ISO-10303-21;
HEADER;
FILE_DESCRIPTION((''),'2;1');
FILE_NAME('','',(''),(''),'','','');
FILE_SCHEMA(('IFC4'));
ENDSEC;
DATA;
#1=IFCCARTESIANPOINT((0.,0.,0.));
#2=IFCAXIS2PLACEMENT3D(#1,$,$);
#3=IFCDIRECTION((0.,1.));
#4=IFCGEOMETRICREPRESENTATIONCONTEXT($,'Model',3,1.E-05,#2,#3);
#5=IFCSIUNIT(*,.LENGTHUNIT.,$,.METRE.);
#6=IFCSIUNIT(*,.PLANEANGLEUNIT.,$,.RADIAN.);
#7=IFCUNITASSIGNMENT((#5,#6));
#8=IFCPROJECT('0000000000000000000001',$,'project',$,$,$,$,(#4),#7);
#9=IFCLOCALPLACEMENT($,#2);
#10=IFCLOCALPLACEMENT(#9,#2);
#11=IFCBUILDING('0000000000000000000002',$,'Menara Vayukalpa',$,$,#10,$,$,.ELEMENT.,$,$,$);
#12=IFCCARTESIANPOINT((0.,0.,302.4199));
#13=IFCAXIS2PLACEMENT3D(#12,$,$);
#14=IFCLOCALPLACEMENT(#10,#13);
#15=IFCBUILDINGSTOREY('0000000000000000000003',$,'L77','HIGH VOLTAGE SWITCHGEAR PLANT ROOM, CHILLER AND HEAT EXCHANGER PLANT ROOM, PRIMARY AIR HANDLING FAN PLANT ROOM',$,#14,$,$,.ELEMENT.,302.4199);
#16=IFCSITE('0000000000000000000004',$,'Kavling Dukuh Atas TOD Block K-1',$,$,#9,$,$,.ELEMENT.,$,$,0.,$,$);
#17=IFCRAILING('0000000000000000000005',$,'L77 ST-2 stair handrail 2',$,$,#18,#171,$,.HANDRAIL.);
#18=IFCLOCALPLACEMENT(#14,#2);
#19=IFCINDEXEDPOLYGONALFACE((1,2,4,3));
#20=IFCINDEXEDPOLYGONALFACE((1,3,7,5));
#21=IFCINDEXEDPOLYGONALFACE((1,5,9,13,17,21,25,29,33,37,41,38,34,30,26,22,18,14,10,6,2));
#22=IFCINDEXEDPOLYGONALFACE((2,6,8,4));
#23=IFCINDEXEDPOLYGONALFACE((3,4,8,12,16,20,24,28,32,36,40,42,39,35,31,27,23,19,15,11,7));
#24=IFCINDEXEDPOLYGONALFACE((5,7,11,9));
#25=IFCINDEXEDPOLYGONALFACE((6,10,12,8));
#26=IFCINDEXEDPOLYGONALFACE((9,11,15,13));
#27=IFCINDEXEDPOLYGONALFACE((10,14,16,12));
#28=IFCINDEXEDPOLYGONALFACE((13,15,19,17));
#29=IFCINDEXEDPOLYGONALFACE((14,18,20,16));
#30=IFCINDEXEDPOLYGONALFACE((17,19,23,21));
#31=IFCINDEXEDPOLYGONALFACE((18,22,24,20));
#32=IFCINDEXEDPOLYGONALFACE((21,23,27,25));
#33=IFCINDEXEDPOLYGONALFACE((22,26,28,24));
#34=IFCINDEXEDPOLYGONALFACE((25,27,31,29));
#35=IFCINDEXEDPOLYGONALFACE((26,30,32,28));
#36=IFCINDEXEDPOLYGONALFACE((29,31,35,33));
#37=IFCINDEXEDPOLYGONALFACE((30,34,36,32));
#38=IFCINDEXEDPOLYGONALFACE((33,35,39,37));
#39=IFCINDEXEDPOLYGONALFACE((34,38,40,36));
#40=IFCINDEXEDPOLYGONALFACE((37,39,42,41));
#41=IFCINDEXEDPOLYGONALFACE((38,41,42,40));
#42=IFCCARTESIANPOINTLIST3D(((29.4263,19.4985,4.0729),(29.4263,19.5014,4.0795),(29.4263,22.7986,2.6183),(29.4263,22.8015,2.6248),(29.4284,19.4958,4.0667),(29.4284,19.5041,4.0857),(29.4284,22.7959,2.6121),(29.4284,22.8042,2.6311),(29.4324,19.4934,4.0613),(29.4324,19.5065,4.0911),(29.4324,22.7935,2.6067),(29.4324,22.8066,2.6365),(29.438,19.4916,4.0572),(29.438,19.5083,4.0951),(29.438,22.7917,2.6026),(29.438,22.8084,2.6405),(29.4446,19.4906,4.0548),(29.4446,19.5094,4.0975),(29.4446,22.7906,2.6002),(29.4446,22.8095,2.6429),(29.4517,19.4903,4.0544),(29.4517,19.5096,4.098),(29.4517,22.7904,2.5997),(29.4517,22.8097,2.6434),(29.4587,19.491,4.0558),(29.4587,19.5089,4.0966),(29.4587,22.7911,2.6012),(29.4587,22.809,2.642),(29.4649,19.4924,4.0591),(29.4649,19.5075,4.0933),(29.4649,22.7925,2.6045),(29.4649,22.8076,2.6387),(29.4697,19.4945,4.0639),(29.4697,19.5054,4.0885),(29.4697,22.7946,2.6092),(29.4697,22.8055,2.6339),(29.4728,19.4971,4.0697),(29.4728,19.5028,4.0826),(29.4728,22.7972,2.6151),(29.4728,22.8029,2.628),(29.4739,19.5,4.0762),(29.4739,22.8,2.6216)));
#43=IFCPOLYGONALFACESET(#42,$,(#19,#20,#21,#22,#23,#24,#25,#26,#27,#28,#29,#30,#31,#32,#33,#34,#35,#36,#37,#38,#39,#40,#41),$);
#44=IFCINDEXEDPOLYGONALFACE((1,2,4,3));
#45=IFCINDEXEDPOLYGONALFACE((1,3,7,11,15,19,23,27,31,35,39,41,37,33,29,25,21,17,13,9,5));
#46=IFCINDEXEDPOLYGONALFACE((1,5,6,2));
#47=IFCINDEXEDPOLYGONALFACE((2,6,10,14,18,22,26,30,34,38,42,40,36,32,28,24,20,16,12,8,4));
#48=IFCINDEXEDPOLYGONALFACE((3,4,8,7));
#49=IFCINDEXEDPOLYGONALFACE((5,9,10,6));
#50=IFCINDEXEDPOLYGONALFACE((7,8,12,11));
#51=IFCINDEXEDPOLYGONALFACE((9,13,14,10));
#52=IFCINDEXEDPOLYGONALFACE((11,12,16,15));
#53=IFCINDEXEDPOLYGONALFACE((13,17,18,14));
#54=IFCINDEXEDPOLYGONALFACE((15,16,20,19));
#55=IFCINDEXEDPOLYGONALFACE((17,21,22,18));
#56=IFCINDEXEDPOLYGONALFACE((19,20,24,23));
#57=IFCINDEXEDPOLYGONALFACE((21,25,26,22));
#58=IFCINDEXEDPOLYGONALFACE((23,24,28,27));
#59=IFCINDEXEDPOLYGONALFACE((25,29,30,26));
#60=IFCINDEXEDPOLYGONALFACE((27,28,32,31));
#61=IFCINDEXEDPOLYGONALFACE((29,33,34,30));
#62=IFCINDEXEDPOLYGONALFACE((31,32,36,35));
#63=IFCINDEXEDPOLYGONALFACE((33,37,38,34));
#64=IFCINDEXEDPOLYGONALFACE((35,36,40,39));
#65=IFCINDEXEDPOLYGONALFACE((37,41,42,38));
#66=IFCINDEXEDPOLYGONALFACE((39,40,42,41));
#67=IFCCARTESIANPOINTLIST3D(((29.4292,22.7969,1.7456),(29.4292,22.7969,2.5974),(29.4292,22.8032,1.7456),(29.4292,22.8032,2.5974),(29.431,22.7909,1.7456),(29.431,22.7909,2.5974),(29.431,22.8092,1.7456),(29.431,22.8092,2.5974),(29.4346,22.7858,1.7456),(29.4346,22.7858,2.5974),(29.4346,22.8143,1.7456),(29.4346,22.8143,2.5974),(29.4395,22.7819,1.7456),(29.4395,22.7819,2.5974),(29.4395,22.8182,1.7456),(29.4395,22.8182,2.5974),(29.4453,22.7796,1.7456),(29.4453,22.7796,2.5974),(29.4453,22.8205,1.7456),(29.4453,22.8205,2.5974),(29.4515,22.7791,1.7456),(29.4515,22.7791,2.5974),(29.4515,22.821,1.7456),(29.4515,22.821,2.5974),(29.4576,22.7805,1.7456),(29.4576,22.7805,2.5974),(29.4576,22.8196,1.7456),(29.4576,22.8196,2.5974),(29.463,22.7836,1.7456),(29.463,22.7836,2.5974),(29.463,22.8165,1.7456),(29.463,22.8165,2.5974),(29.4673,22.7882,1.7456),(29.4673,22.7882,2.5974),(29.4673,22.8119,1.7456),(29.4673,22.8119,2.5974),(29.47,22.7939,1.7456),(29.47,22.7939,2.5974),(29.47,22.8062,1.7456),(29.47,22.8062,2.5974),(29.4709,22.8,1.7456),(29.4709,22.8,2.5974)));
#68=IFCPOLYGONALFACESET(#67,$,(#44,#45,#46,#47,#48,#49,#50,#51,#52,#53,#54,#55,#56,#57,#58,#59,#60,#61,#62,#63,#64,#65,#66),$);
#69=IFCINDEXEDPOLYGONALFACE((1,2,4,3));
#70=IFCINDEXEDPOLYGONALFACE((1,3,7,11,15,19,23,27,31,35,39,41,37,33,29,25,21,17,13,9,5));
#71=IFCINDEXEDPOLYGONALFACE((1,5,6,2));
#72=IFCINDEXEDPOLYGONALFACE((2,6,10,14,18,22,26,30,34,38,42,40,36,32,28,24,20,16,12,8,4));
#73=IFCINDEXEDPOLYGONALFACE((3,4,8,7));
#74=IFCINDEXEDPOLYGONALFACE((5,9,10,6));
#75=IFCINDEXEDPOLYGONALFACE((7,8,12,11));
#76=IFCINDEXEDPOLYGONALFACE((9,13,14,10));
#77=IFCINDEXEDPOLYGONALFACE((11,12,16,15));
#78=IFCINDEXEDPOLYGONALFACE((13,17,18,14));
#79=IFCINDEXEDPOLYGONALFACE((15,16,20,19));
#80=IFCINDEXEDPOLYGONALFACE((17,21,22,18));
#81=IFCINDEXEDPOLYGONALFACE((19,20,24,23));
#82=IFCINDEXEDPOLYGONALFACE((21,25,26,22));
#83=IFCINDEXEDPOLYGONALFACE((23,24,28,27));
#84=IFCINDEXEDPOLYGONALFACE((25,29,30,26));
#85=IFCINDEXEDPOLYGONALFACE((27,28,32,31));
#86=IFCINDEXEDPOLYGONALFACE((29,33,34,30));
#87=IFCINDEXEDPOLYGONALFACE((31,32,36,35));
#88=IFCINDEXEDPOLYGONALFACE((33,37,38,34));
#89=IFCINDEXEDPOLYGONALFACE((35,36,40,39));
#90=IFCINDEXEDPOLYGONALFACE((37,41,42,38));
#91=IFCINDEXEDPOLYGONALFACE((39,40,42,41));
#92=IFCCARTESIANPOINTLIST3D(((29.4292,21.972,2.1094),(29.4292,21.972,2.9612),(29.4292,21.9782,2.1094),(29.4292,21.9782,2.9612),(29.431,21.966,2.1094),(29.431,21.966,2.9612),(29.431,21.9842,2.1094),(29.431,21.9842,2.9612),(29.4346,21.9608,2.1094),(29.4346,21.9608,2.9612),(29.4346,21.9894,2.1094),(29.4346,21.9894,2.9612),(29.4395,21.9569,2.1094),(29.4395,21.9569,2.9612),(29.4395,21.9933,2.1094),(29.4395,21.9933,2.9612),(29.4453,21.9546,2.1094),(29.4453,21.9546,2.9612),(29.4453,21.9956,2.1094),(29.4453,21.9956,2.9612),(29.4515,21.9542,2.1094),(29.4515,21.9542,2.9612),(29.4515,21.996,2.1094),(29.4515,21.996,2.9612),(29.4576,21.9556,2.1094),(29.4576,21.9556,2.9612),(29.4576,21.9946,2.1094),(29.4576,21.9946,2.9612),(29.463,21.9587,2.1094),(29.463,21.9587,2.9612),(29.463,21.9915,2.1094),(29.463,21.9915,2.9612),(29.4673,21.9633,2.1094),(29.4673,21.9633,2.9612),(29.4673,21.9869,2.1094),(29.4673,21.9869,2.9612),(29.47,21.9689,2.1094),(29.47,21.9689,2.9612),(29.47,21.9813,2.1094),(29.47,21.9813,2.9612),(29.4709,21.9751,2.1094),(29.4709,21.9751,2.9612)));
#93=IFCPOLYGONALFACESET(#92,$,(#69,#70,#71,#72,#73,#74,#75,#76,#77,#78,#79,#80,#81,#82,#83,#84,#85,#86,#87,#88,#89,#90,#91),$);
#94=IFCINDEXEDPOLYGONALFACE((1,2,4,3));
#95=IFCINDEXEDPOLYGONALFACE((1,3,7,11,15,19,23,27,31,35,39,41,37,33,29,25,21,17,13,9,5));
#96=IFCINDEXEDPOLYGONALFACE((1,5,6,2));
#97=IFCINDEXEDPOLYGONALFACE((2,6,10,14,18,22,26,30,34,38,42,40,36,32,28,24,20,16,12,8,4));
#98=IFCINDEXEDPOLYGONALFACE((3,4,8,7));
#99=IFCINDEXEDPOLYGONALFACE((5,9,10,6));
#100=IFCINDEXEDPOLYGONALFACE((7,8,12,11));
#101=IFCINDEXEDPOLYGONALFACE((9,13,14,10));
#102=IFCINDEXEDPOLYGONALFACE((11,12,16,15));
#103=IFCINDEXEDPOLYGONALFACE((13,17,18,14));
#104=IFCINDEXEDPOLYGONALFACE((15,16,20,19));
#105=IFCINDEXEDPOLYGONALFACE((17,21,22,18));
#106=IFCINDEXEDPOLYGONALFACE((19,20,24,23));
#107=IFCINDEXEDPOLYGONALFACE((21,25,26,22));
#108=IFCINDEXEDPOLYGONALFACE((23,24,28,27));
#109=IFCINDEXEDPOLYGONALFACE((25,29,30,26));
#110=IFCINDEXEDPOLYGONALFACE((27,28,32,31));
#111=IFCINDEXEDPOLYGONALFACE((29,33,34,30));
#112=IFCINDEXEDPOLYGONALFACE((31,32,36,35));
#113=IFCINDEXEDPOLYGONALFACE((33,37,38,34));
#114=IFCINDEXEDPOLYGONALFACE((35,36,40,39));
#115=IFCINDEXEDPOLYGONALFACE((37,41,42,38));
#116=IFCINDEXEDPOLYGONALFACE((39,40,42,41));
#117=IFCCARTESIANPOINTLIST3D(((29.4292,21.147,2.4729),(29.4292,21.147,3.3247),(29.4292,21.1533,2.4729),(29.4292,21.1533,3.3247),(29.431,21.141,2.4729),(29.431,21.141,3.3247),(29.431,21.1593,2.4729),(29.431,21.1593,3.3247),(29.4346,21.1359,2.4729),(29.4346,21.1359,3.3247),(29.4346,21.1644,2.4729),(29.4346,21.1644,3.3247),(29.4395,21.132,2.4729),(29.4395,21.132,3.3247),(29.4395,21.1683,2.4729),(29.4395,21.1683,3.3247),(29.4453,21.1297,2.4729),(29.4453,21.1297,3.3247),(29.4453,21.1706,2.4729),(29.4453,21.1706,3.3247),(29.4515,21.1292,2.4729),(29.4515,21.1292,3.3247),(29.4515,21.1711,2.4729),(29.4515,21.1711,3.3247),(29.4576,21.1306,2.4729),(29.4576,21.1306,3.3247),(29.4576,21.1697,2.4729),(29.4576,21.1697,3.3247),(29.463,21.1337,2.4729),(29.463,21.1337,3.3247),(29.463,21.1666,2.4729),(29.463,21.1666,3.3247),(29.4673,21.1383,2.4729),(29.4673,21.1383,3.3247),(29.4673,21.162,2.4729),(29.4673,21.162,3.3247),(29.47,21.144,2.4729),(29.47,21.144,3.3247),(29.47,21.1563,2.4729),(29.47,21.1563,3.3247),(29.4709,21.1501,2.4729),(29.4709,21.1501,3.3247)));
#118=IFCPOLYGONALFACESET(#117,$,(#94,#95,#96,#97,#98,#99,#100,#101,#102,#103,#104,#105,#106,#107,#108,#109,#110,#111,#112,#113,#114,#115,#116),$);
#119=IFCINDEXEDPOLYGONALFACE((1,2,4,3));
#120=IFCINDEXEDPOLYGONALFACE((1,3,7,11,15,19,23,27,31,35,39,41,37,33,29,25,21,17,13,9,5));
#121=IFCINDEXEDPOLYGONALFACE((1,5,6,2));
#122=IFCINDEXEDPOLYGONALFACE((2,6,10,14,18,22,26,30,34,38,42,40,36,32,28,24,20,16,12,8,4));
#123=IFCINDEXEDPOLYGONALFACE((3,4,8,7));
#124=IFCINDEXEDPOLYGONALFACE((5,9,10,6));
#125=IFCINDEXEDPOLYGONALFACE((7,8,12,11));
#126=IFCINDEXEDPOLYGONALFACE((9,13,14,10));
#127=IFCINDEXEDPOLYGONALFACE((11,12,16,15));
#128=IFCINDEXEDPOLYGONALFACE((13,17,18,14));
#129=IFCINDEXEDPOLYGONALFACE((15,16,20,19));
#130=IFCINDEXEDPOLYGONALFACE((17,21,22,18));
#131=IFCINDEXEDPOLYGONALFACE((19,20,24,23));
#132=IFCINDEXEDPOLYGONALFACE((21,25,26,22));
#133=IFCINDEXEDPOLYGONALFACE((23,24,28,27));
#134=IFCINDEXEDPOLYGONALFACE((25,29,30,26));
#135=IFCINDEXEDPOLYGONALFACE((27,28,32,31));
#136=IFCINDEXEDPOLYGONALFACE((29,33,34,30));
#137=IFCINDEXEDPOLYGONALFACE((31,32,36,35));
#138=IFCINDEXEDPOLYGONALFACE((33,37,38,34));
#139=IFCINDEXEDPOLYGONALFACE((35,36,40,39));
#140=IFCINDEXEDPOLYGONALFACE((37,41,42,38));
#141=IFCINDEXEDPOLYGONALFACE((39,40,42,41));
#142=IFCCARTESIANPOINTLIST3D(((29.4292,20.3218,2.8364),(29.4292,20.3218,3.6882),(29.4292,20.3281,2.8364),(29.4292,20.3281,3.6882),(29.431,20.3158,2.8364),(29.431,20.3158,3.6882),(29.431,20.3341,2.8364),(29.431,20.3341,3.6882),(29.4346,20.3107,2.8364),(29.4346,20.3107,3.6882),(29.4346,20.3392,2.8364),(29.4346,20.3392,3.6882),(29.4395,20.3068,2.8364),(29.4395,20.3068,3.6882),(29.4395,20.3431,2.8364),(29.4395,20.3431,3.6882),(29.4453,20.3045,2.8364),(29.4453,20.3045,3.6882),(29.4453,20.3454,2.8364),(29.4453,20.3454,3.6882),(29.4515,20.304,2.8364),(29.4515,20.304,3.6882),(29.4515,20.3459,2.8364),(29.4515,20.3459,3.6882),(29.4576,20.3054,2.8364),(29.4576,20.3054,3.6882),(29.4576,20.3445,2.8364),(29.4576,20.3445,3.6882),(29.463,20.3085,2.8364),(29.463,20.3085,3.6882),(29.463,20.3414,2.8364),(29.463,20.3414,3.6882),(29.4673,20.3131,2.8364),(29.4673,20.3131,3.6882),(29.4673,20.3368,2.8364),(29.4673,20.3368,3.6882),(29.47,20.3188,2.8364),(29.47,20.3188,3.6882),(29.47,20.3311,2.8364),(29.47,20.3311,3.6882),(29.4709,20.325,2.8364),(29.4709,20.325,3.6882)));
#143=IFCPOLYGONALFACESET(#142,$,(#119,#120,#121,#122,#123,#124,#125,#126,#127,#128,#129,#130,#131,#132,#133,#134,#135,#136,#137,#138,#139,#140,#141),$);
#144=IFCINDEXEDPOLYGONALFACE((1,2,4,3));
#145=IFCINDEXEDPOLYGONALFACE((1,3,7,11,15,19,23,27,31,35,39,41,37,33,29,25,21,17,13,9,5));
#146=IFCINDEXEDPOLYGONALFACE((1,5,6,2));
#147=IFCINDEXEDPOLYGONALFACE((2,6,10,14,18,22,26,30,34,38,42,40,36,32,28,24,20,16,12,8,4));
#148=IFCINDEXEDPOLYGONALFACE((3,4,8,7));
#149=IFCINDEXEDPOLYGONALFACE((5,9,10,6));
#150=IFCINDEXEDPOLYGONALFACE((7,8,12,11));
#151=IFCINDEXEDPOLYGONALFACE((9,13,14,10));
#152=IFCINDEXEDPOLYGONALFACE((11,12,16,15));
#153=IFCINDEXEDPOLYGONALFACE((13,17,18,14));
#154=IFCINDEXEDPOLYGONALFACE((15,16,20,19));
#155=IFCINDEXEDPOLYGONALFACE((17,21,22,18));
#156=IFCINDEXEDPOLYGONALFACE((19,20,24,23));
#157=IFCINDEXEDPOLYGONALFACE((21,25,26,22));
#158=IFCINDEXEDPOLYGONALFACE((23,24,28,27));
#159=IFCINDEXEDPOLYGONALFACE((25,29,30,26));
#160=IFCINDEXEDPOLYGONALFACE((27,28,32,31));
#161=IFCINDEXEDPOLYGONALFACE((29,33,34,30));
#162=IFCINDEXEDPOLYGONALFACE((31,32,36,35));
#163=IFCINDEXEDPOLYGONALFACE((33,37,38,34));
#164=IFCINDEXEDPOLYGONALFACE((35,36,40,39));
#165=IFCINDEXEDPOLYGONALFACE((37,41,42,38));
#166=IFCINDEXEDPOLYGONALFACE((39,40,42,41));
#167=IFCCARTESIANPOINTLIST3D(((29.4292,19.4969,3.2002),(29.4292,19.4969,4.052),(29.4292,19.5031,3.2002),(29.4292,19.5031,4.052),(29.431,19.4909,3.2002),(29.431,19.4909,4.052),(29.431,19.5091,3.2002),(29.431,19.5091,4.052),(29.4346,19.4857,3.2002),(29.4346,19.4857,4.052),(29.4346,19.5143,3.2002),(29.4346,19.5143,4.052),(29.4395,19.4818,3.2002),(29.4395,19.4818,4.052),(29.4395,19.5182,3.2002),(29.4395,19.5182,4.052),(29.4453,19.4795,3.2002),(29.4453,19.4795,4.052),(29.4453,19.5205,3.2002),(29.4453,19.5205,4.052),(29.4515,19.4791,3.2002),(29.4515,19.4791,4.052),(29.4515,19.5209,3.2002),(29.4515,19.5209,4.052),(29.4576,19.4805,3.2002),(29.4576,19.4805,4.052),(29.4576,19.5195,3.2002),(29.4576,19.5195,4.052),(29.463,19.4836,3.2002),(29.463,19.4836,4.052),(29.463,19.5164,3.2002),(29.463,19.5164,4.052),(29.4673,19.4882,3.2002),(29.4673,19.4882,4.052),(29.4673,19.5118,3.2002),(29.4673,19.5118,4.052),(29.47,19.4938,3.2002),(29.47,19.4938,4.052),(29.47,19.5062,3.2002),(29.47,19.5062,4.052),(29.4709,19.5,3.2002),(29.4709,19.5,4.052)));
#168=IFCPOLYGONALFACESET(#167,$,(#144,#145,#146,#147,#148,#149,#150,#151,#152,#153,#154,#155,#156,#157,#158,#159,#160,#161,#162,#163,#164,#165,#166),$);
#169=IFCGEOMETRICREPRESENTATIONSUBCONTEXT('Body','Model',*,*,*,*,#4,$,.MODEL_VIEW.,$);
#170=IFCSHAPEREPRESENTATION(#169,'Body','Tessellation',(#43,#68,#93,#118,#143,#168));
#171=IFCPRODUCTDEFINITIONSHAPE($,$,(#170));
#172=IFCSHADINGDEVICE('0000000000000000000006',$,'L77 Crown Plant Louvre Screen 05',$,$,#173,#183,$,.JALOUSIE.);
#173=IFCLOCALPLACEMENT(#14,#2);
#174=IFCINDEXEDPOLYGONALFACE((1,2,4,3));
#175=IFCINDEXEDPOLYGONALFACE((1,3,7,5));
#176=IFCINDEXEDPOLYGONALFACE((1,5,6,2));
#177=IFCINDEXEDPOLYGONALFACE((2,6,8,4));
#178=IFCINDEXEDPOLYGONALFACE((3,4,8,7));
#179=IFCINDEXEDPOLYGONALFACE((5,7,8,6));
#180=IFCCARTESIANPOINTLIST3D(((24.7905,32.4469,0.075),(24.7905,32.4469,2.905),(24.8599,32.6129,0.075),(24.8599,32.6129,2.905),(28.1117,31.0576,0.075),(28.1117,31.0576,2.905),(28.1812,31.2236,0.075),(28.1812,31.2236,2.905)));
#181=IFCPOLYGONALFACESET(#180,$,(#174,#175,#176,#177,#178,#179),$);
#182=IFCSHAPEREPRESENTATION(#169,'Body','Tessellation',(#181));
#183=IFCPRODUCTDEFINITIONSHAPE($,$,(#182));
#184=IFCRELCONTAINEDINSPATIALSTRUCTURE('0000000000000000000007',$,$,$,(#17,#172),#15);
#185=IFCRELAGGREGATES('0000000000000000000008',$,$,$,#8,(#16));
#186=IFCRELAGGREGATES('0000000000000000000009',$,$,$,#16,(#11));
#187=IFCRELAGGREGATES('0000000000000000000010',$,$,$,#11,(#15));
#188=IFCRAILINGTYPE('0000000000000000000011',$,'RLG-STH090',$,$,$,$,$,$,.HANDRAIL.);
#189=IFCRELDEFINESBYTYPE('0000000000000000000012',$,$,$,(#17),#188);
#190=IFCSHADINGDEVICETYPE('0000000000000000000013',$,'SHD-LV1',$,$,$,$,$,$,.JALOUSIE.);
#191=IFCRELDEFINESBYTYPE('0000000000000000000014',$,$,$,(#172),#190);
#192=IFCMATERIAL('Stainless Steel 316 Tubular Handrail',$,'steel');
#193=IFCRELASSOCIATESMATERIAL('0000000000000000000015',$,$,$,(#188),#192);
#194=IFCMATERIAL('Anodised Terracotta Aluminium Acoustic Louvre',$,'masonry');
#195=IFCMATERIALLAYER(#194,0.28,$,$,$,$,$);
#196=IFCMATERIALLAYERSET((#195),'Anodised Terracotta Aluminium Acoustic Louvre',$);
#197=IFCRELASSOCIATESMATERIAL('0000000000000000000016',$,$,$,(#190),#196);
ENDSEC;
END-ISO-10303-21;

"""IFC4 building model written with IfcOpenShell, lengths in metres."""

from ifc_helpers import new_model, si_unit, direction, frame, origin, origin_2d, place, context, subcontext, project, spatial, rectangle, circle, extrude, material, layer, layer_set, type_object, element, save


model = new_model("IFC4")

# Units and contexts
model_context = context("Model", 3, precision=1e-05, world=origin(), true_north=direction((0.0, 1.0)))
body_context = subcontext(model_context, "Body", "Model", "MODEL_VIEW")
ifc_project = project(units=[si_unit("LENGTHUNIT", "METRE"), si_unit("PLANEANGLEUNIT", "RADIAN")], contexts=[model_context])

# Site, building, storey
site_placement = place(None, origin())
site = spatial("IfcSite", under=ifc_project, at=site_placement, Name="Kavling Dukuh Atas TOD Block K-1", CompositionType="ELEMENT", RefElevation=0.0)
building_placement = place(site_placement, origin())
building = spatial("IfcBuilding", under=site, at=building_placement, Name="Menara Vayukalpa", CompositionType="ELEMENT")
storey_placement = place(building_placement, frame((0.0, 0.0, 302.4199)))
storey = spatial("IfcBuildingStorey", under=building, at=storey_placement, Name="L77", Description="HIGH VOLTAGE SWITCHGEAR PLANT ROOM, CHILLER AND HEAT EXCHANGER PLANT ROOM, PRIMARY AIR HANDLING FAN PLANT ROOM", CompositionType="ELEMENT", Elevation=302.4199)

# Railing
ifc_material_1 = material(Name="Stainless Steel 316 Tubular Handrail", Category="steel")
railing_type_1 = type_object("IfcRailingType", Name="RLG-STH090", PredefinedType="HANDRAIL", material=ifc_material_1)
railing_1_placement = place(storey_placement, frame((29.45, 22.8, 1.7456)))
element("IfcRailing", 1, at=railing_1_placement, inside=storey, type_object=railing_type_1, Name="L77 ST-2 stair handrail 2", PredefinedType="HANDRAIL", context=body_context, shape_type="SweptSolid", body=[
    extrude(circle(Radius=0.0239, at=origin_2d()), frame((0.0, 0.0, 0.876), z_axis=(0.0, -0.915052, 0.403335), x_axis=(1.0, 0.0, 0.0)), (0.0, 0.0, 1.0), 3.6064),
    extrude(circle(Radius=0.021, at=origin_2d()), origin(), (0.0, 0.0, 1.0), 0.8518),
    extrude(circle(Radius=0.021, at=origin_2d()), frame((0.0, -0.825, 0.3638)), (0.0, 0.0, 1.0), 0.8518),
    extrude(circle(Radius=0.021, at=origin_2d()), frame((0.0, -1.6499, 0.7273)), (0.0, 0.0, 1.0), 0.8518),
    extrude(circle(Radius=0.021, at=origin_2d()), frame((0.0, -2.4751, 1.0908)), (0.0, 0.0, 1.0), 0.8518),
    extrude(circle(Radius=0.021, at=origin_2d()), frame((0.0, -3.3, 1.4546)), (0.0, 0.0, 1.0), 0.8518),
])

# Shading device
ifc_material_2 = material(Name="Anodised Terracotta Aluminium Acoustic Louvre", Category="masonry")
ifc_layer_1 = layer(ifc_material_2, 0.28)
ifc_layer_set_1 = layer_set([ifc_layer_1], Name="Anodised Terracotta Aluminium Acoustic Louvre")
shading_device_type = type_object("IfcShadingDeviceType", Name="SHD-LV1", PredefinedType="JALOUSIE", material=ifc_layer_set_1)
shading_device_placement = place(storey_placement, frame((26.4858, 31.8352, 0.075), z_axis=(0.0, 0.0, 1.0), x_axis=(-0.922538, 0.385906, 0.0)))
element("IfcShadingDevice", 2, at=shading_device_placement, inside=storey, type_object=shading_device_type, Name="L77 Crown Plant Louvre Screen 05", PredefinedType="JALOUSIE", context=body_context, shape_type="SweptSolid", body=[
    extrude(rectangle(XDim=3.6001, YDim=0.1799, at=origin_2d()), origin(), (0.0, 0.0, 1.0), 2.8301),
])

save(model, "model.ifc")
